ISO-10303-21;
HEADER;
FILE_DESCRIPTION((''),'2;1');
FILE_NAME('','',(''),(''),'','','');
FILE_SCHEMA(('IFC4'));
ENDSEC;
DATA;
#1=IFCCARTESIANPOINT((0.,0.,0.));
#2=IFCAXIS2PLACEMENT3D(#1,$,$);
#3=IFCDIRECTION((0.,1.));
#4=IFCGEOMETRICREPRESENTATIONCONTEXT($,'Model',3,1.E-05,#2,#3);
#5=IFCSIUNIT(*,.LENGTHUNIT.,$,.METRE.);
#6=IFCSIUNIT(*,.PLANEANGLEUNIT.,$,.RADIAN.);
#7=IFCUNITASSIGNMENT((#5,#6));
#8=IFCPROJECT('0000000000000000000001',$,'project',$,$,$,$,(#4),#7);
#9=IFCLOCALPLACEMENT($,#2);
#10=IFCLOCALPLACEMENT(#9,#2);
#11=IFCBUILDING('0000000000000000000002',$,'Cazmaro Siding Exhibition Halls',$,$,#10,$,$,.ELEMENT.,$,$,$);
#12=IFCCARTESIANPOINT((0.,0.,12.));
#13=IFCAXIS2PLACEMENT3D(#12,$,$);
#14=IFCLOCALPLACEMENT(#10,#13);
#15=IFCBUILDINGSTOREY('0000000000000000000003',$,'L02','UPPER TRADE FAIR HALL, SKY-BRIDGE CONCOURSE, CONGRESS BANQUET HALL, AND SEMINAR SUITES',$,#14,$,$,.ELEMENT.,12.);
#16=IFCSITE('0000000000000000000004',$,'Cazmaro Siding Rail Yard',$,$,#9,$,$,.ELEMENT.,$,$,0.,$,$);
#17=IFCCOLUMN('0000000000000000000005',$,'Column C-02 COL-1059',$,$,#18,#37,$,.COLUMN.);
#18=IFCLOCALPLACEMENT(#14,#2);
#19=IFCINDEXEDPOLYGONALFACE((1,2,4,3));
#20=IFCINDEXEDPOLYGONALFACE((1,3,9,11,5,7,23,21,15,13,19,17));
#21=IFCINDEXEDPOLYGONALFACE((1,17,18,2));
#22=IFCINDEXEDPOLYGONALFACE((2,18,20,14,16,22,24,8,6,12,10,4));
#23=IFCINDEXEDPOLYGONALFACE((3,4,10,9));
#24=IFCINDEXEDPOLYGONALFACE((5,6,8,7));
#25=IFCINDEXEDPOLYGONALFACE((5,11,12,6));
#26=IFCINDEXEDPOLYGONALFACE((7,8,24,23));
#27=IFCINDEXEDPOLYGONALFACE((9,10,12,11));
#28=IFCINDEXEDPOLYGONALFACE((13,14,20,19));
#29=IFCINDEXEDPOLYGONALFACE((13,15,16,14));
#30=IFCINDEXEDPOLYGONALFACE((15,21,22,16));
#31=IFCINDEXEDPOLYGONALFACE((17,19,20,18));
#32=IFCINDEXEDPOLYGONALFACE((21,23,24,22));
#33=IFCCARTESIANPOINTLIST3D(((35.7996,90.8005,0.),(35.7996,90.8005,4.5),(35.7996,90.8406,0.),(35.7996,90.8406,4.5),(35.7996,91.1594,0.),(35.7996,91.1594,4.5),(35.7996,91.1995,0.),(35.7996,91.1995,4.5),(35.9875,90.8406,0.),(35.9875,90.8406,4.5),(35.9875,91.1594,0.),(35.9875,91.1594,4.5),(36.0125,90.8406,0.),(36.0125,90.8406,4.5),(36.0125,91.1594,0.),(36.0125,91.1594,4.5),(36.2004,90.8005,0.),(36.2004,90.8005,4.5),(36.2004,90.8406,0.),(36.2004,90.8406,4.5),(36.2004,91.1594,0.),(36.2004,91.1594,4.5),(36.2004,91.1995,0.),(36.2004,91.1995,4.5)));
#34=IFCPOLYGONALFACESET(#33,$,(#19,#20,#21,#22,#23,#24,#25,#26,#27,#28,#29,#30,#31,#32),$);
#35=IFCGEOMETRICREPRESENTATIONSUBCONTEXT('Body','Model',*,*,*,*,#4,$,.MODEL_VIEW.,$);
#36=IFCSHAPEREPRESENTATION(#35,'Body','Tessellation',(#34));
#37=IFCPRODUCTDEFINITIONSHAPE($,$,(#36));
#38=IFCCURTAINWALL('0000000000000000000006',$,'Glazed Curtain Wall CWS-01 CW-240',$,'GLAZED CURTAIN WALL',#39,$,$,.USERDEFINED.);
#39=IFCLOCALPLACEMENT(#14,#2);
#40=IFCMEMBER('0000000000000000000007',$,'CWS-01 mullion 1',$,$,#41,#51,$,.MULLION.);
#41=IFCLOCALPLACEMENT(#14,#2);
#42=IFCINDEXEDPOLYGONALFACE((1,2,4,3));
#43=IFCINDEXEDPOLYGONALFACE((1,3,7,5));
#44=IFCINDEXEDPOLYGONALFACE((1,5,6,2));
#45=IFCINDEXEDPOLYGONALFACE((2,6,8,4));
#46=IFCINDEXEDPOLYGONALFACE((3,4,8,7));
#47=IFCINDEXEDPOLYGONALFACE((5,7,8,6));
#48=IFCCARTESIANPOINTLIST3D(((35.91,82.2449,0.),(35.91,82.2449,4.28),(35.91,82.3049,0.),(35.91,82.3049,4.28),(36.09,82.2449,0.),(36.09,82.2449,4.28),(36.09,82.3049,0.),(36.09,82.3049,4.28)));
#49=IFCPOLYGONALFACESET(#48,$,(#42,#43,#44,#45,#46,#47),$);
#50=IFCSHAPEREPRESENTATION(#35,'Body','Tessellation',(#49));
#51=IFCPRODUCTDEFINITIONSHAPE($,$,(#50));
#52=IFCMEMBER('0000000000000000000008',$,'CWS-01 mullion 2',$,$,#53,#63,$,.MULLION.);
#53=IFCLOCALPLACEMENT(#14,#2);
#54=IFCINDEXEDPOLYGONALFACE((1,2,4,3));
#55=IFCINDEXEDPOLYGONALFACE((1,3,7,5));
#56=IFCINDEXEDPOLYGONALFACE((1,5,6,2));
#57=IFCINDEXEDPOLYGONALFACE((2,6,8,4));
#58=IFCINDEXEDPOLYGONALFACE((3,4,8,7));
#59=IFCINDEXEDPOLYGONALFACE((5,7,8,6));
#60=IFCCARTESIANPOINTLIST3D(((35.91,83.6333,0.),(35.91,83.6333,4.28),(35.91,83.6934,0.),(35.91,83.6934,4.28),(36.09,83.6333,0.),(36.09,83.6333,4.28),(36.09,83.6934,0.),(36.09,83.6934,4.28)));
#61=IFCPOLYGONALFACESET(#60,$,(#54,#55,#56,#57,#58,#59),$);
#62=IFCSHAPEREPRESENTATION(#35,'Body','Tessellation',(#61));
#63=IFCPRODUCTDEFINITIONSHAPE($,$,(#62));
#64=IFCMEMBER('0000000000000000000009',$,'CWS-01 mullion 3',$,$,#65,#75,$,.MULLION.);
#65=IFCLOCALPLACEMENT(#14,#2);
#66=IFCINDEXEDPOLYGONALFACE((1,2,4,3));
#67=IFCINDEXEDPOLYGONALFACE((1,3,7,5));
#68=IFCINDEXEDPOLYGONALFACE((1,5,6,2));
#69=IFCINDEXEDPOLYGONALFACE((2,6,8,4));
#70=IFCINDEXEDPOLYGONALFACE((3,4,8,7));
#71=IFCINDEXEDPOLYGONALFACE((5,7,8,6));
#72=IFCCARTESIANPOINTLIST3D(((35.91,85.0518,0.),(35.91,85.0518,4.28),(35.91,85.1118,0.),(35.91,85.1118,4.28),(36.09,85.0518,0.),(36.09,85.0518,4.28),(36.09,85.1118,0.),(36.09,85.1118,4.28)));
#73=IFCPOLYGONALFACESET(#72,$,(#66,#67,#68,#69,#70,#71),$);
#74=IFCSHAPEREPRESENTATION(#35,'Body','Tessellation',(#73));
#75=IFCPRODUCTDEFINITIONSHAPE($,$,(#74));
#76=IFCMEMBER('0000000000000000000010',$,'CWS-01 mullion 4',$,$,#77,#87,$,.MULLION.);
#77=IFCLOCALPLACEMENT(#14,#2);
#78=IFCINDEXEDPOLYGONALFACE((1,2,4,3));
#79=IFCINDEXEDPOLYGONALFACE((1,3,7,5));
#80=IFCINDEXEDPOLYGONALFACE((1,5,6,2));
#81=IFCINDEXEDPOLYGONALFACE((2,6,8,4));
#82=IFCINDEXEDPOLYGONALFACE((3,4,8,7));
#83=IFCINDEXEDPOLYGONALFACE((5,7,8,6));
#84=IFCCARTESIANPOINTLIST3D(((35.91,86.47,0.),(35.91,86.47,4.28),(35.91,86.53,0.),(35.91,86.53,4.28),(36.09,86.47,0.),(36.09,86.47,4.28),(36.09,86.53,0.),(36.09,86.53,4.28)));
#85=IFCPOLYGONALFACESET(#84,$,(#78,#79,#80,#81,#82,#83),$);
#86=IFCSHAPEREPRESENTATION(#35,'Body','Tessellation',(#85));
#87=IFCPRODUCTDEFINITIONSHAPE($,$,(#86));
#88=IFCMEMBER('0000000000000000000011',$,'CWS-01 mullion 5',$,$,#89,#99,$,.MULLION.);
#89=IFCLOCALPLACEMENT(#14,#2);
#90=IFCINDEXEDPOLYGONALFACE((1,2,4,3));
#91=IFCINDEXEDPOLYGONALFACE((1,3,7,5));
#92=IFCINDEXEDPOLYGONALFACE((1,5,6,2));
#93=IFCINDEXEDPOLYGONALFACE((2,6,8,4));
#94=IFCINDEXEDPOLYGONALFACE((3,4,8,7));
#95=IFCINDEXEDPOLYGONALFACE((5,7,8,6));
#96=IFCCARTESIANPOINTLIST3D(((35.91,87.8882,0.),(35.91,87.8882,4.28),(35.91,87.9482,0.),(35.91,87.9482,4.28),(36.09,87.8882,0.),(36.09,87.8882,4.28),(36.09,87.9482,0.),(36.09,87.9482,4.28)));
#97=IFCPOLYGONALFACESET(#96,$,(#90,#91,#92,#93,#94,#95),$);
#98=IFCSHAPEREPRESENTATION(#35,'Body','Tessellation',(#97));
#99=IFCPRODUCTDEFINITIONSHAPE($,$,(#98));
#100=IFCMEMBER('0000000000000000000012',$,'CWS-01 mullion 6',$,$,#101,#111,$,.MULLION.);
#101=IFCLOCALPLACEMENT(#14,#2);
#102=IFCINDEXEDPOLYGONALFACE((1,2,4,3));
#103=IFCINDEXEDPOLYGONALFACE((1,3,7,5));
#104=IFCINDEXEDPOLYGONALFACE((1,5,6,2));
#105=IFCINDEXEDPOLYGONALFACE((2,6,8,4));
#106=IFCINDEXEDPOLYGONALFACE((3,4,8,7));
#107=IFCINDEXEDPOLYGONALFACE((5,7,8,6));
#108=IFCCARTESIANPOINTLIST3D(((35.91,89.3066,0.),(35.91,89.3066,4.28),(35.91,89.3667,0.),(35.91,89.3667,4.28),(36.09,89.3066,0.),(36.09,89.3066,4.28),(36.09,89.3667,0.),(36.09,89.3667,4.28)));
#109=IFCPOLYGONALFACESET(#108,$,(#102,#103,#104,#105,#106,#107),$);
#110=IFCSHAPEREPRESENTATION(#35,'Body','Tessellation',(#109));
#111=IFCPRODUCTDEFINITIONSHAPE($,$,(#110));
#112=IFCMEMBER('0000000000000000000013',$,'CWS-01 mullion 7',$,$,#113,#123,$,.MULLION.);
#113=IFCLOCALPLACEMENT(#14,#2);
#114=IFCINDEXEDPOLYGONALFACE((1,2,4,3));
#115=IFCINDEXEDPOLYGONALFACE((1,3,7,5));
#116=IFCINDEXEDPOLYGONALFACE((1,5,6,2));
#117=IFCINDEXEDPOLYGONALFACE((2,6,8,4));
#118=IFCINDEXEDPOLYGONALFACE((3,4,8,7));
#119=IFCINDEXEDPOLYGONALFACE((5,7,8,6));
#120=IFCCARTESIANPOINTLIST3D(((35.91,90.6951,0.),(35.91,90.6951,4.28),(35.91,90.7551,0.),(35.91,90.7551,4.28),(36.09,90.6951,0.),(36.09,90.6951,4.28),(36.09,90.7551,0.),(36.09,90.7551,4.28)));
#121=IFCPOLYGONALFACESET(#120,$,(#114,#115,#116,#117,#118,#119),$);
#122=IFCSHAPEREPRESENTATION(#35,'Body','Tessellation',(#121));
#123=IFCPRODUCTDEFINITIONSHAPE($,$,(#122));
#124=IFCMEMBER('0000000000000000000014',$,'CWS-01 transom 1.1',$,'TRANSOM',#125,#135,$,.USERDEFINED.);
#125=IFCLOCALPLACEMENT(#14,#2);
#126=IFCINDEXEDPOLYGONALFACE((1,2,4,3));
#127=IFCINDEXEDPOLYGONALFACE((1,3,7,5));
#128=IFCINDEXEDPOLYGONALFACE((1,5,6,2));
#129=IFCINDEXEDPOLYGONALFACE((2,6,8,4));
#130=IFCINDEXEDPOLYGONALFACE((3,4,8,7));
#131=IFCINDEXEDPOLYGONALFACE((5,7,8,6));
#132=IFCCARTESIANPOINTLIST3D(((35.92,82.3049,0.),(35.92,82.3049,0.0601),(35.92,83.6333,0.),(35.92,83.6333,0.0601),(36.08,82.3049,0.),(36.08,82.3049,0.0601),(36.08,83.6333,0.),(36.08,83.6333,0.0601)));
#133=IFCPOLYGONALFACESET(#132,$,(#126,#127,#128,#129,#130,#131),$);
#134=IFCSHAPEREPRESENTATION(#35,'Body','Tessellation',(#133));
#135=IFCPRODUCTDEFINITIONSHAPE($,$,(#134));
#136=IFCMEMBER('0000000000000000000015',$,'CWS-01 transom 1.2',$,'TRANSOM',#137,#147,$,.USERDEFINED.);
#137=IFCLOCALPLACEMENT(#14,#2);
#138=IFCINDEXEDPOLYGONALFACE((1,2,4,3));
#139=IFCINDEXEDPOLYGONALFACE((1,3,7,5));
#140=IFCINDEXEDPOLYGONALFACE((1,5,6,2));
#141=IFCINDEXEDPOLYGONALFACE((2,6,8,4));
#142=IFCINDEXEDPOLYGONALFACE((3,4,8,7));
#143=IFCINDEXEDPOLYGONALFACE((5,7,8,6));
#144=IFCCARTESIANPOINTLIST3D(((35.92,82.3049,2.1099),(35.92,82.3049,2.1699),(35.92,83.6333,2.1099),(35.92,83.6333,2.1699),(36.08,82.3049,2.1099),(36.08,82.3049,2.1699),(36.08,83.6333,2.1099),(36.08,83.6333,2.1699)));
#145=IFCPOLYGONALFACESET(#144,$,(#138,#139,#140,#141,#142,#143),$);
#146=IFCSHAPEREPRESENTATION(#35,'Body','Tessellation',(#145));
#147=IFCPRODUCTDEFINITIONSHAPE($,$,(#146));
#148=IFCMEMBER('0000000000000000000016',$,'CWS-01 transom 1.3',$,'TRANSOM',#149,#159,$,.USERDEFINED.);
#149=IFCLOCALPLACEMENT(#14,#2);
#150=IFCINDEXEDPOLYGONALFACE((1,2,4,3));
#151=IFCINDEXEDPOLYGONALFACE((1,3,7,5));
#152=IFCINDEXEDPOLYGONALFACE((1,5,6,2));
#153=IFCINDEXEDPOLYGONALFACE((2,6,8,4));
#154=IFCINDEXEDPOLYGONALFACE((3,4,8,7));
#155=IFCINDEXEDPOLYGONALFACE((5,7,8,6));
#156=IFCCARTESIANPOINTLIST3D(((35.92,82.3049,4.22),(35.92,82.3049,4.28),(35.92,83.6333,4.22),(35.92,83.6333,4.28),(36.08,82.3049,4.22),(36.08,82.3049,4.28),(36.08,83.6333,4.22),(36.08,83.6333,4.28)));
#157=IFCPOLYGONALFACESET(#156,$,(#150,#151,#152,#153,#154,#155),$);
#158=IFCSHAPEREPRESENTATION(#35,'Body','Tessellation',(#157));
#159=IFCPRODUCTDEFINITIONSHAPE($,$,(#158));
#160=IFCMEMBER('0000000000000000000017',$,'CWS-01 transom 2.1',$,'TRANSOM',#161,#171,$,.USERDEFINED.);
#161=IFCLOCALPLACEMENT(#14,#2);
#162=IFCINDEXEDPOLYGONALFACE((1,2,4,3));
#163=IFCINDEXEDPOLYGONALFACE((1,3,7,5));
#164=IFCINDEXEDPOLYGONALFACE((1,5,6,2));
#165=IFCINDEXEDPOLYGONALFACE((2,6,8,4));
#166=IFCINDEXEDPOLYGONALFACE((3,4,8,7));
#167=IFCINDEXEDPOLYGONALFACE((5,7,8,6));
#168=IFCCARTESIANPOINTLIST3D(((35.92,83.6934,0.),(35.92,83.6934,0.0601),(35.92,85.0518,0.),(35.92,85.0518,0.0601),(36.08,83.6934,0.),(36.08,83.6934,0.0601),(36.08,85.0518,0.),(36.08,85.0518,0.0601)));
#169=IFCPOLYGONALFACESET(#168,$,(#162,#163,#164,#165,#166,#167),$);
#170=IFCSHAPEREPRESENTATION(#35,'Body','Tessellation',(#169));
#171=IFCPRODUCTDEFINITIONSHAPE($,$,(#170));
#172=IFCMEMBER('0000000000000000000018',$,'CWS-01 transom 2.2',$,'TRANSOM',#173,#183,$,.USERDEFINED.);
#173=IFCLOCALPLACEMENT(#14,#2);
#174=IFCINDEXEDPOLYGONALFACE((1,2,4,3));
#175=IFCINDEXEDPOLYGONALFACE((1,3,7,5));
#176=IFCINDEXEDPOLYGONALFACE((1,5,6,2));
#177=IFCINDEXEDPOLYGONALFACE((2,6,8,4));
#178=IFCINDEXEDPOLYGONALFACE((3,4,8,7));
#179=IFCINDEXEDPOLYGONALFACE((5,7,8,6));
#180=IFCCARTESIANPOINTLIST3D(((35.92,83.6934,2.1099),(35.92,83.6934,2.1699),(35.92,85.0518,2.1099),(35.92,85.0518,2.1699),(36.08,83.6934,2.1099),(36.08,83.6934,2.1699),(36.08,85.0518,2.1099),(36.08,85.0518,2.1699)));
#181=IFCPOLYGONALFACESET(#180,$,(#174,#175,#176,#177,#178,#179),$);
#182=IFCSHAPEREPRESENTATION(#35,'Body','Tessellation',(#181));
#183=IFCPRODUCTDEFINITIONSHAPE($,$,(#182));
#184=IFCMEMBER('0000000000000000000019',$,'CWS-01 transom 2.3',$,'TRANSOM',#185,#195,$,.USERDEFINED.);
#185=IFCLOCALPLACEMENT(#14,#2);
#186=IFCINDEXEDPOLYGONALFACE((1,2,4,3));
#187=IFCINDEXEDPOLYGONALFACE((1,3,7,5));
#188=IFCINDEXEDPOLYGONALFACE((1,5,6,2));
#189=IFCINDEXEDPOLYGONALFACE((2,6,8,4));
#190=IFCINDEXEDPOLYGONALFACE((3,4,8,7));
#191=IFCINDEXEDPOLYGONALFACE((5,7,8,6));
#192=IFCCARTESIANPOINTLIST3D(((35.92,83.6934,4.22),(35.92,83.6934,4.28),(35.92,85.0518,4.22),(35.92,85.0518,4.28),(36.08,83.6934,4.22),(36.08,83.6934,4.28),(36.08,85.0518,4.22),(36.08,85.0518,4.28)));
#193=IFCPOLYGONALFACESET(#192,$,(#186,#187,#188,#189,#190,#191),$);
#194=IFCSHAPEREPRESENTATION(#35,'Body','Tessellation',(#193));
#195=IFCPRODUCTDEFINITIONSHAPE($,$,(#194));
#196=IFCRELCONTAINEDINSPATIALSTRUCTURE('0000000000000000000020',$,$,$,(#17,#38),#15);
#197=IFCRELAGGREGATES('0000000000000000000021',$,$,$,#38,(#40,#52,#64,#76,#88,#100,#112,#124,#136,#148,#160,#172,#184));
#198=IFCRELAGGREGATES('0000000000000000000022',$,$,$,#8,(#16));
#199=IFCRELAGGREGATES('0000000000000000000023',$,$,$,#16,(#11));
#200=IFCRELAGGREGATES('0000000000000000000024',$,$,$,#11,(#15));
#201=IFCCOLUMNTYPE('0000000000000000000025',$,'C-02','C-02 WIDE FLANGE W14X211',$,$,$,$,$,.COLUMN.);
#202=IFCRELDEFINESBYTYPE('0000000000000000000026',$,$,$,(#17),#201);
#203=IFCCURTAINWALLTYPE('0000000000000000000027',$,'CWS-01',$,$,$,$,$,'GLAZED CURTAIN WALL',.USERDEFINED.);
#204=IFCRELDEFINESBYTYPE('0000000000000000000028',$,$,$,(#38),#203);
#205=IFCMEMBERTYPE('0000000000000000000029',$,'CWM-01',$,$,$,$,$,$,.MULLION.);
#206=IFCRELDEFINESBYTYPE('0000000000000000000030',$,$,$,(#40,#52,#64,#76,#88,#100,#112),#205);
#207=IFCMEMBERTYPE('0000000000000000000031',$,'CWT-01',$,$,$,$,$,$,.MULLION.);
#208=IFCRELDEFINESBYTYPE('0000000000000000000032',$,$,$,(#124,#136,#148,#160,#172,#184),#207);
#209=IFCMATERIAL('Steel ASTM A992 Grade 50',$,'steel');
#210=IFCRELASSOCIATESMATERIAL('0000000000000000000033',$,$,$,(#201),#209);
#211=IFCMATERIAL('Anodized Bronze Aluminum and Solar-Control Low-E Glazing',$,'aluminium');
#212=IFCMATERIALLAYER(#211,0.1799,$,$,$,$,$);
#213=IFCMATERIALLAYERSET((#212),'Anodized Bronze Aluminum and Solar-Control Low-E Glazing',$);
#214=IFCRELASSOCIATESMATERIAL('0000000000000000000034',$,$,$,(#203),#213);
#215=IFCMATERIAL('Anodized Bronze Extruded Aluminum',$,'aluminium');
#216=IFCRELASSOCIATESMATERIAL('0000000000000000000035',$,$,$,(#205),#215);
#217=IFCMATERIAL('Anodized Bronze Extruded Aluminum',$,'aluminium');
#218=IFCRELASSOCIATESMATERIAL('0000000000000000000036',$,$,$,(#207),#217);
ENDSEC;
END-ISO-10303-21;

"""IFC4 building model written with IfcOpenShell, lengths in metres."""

from ifc_helpers import new_model, si_unit, direction, frame, origin, origin_2d, place, context, subcontext, project, spatial, rectangle, i_section, extrude, material, layer, layer_set, material_profile, profile_set, type_object, element, aggregate, save


model = new_model("IFC4")

# Units and contexts
model_context = context("Model", 3, precision=1e-05, world=origin(), true_north=direction((0.0, 1.0)))
body_context = subcontext(model_context, "Body", "Model", "MODEL_VIEW")
ifc_project = project(units=[si_unit("LENGTHUNIT", "METRE"), si_unit("PLANEANGLEUNIT", "RADIAN")], contexts=[model_context])

# Site, building, storey
site_placement = place(None, origin())
site = spatial("IfcSite", under=ifc_project, at=site_placement, Name="Cazmaro Siding Rail Yard", CompositionType="ELEMENT", RefElevation=0.0)
building_placement = place(site_placement, origin())
building = spatial("IfcBuilding", under=site, at=building_placement, Name="Cazmaro Siding Exhibition Halls", CompositionType="ELEMENT")
storey_placement = place(building_placement, frame((0.0, 0.0, 12.0)))
storey = spatial("IfcBuildingStorey", under=building, at=storey_placement, Name="L02", Description="UPPER TRADE FAIR HALL, SKY-BRIDGE CONCOURSE, CONGRESS BANQUET HALL, AND SEMINAR SUITES", CompositionType="ELEMENT", Elevation=12.0)

# Column
ifc_material_1 = material(Name="Steel ASTM A992 Grade 50", Category="steel")
ifc_material_profile_1 = material_profile(ifc_material_1, i_section(OverallWidth=0.4009, OverallDepth=0.3989, WebThickness=0.0249, FlangeThickness=0.04, at=origin_2d()), Name="W14X211")
ifc_profile_set_1 = profile_set([ifc_material_profile_1], Name="Steel ASTM A992 Grade 50")
column_type = type_object("IfcColumnType", Name="C-02", Description="C-02 WIDE FLANGE W14X211", PredefinedType="COLUMN", material=ifc_profile_set_1)
column_placement = place(storey_placement, frame((36.0, 91.0, 0.0), z_axis=(0.0, 0.0, 1.0), x_axis=(1.0, 0.0, 0.0)))
element("IfcColumn", 1, at=column_placement, inside=storey, type_object=column_type, Name="Column C-02 COL-1059", PredefinedType="COLUMN", context=body_context, shape_type="SweptSolid", body=[
    extrude(i_section(OverallWidth=0.4009, OverallDepth=0.3989, WebThickness=0.0249, FlangeThickness=0.04, at=origin_2d()), origin(), (0.0, 0.0, 1.0), 4.5),
])

# Curtain wall, members
ifc_material_2 = material(Name="Anodized Bronze Aluminum and Solar-Control Low-E Glazing", Category="aluminium")
ifc_layer_1 = layer(ifc_material_2, 0.1799)
ifc_layer_set_1 = layer_set([ifc_layer_1], Name="Anodized Bronze Aluminum and Solar-Control Low-E Glazing")
curtain_wall_type = type_object("IfcCurtainWallType", Name="CWS-01", ElementType="GLAZED CURTAIN WALL", PredefinedType="USERDEFINED", material=ifc_layer_set_1)
curtain_wall_placement = place(storey_placement, origin())
curtain_wall = element("IfcCurtainWall", 2, at=curtain_wall_placement, inside=storey, type_object=curtain_wall_type, Name="Glazed Curtain Wall CWS-01 CW-240", ObjectType="GLAZED CURTAIN WALL", PredefinedType="USERDEFINED")
ifc_material_3 = material(Name="Anodized Bronze Extruded Aluminum", Category="aluminium")
ifc_material_profile_2 = material_profile(ifc_material_3, rectangle(XDim=0.1799, YDim=0.0601, at=origin_2d()), Name="CWM-01")
ifc_profile_set_2 = profile_set([ifc_material_profile_2], Name="Anodized Bronze Extruded Aluminum")
member_type_1 = type_object("IfcMemberType", Name="CWM-01", PredefinedType="MULLION", material=ifc_profile_set_2)
member_1_placement = place(storey_placement, frame((36.0, 82.2749, 0.0), z_axis=(0.0, 0.0, 1.0), x_axis=(-1.0, 0.0, 0.0)))
member_1 = element("IfcMember", 3, at=member_1_placement, type_object=member_type_1, Name="CWS-01 mullion 1", PredefinedType="MULLION", context=body_context, shape_type="SweptSolid", body=[
    extrude(rectangle(XDim=0.1799, YDim=0.0601, at=origin_2d()), origin(), (0.0, 0.0, 1.0), 4.28),
])
member_2_placement = place(storey_placement, frame((36.0, 83.6633, 0.0), z_axis=(0.0, 0.0, 1.0), x_axis=(-1.0, 0.0, 0.0)))
member_2 = element("IfcMember", 4, at=member_2_placement, type_object=member_type_1, Name="CWS-01 mullion 2", PredefinedType="MULLION", context=body_context, shape_type="SweptSolid", body=[
    extrude(rectangle(XDim=0.1799, YDim=0.0601, at=origin_2d()), origin(), (0.0, 0.0, 1.0), 4.28),
])
member_3_placement = place(storey_placement, frame((36.0, 85.0818, 0.0), z_axis=(0.0, 0.0, 1.0), x_axis=(-1.0, 0.0, 0.0)))
member_3 = element("IfcMember", 5, at=member_3_placement, type_object=member_type_1, Name="CWS-01 mullion 3", PredefinedType="MULLION", context=body_context, shape_type="SweptSolid", body=[
    extrude(rectangle(XDim=0.1799, YDim=0.0601, at=origin_2d()), origin(), (0.0, 0.0, 1.0), 4.28),
])
member_4_placement = place(storey_placement, frame((36.0, 86.5, 0.0), z_axis=(0.0, 0.0, 1.0), x_axis=(-1.0, 0.0, 0.0)))
member_4 = element("IfcMember", 6, at=member_4_placement, type_object=member_type_1, Name="CWS-01 mullion 4", PredefinedType="MULLION", context=body_context, shape_type="SweptSolid", body=[
    extrude(rectangle(XDim=0.1799, YDim=0.0601, at=origin_2d()), origin(), (0.0, 0.0, 1.0), 4.28),
])
member_5_placement = place(storey_placement, frame((36.0, 87.9182, 0.0), z_axis=(0.0, 0.0, 1.0), x_axis=(-1.0, 0.0, 0.0)))
member_5 = element("IfcMember", 7, at=member_5_placement, type_object=member_type_1, Name="CWS-01 mullion 5", PredefinedType="MULLION", context=body_context, shape_type="SweptSolid", body=[
    extrude(rectangle(XDim=0.1799, YDim=0.0601, at=origin_2d()), origin(), (0.0, 0.0, 1.0), 4.28),
])
member_6_placement = place(storey_placement, frame((36.0, 89.3367, 0.0), z_axis=(0.0, 0.0, 1.0), x_axis=(-1.0, 0.0, 0.0)))
member_6 = element("IfcMember", 8, at=member_6_placement, type_object=member_type_1, Name="CWS-01 mullion 6", PredefinedType="MULLION", context=body_context, shape_type="SweptSolid", body=[
    extrude(rectangle(XDim=0.1799, YDim=0.0601, at=origin_2d()), origin(), (0.0, 0.0, 1.0), 4.28),
])
member_7_placement = place(storey_placement, frame((36.0, 90.7251, 0.0), z_axis=(0.0, 0.0, 1.0), x_axis=(-1.0, 0.0, 0.0)))
member_7 = element("IfcMember", 9, at=member_7_placement, type_object=member_type_1, Name="CWS-01 mullion 7", PredefinedType="MULLION", context=body_context, shape_type="SweptSolid", body=[
    extrude(rectangle(XDim=0.1799, YDim=0.0601, at=origin_2d()), origin(), (0.0, 0.0, 1.0), 4.28),
])
ifc_material_4 = material(Name="Anodized Bronze Extruded Aluminum", Category="aluminium")
ifc_material_profile_3 = material_profile(ifc_material_4, rectangle(XDim=0.1599, YDim=0.0601, at=origin_2d()), Name="CWT-01")
ifc_profile_set_3 = profile_set([ifc_material_profile_3], Name="Anodized Bronze Extruded Aluminum")
member_type_2 = type_object("IfcMemberType", Name="CWT-01", PredefinedType="MULLION", material=ifc_profile_set_3)
member_8_placement = place(storey_placement, frame((36.0, 82.3049, 0.03), z_axis=(0.0, 1.0, 0.0), x_axis=(-1.0, 0.0, 0.0)))
member_8 = element("IfcMember", 10, at=member_8_placement, type_object=member_type_2, Name="CWS-01 transom 1.1", ObjectType="TRANSOM", PredefinedType="USERDEFINED", context=body_context, shape_type="SweptSolid", body=[
    extrude(rectangle(XDim=0.1599, YDim=0.0601, at=origin_2d()), origin(), (0.0, 0.0, 1.0), 1.3284),
])
member_9_placement = place(storey_placement, frame((36.0, 82.3049, 2.1399), z_axis=(0.0, 1.0, 0.0), x_axis=(-1.0, 0.0, 0.0)))
member_9 = element("IfcMember", 11, at=member_9_placement, type_object=member_type_2, Name="CWS-01 transom 1.2", ObjectType="TRANSOM", PredefinedType="USERDEFINED", context=body_context, shape_type="SweptSolid", body=[
    extrude(rectangle(XDim=0.1599, YDim=0.0601, at=origin_2d()), origin(), (0.0, 0.0, 1.0), 1.3284),
])
member_10_placement = place(storey_placement, frame((36.0, 82.3049, 4.25), z_axis=(0.0, 1.0, 0.0), x_axis=(-1.0, 0.0, 0.0)))
member_10 = element("IfcMember", 12, at=member_10_placement, type_object=member_type_2, Name="CWS-01 transom 1.3", ObjectType="TRANSOM", PredefinedType="USERDEFINED", context=body_context, shape_type="SweptSolid", body=[
    extrude(rectangle(XDim=0.1599, YDim=0.0601, at=origin_2d()), origin(), (0.0, 0.0, 1.0), 1.3284),
])
member_11_placement = place(storey_placement, frame((36.0, 83.6934, 0.03), z_axis=(0.0, 1.0, 0.0), x_axis=(-1.0, 0.0, 0.0)))
member_11 = element("IfcMember", 13, at=member_11_placement, type_object=member_type_2, Name="CWS-01 transom 2.1", ObjectType="TRANSOM", PredefinedType="USERDEFINED", context=body_context, shape_type="SweptSolid", body=[
    extrude(rectangle(XDim=0.1599, YDim=0.0601, at=origin_2d()), origin(), (0.0, 0.0, 1.0), 1.3584),
])
member_12_placement = place(storey_placement, frame((36.0, 83.6934, 2.1399), z_axis=(0.0, 1.0, 0.0), x_axis=(-1.0, 0.0, 0.0)))
member_12 = element("IfcMember", 14, at=member_12_placement, type_object=member_type_2, Name="CWS-01 transom 2.2", ObjectType="TRANSOM", PredefinedType="USERDEFINED", context=body_context, shape_type="SweptSolid", body=[
    extrude(rectangle(XDim=0.1599, YDim=0.0601, at=origin_2d()), origin(), (0.0, 0.0, 1.0), 1.3584),
])
member_13_placement = place(storey_placement, frame((36.0, 83.6934, 4.25), z_axis=(0.0, 1.0, 0.0), x_axis=(-1.0, 0.0, 0.0)))
member_13 = element("IfcMember", 15, at=member_13_placement, type_object=member_type_2, Name="CWS-01 transom 2.3", ObjectType="TRANSOM", PredefinedType="USERDEFINED", context=body_context, shape_type="SweptSolid", body=[
    extrude(rectangle(XDim=0.1599, YDim=0.0601, at=origin_2d()), origin(), (0.0, 0.0, 1.0), 1.3584),
])
aggregate(curtain_wall, [member_1, member_2, member_3, member_4, member_5, member_6, member_7, member_8, member_9, member_10, member_11, member_12, member_13])

save(model, "model.ifc")
